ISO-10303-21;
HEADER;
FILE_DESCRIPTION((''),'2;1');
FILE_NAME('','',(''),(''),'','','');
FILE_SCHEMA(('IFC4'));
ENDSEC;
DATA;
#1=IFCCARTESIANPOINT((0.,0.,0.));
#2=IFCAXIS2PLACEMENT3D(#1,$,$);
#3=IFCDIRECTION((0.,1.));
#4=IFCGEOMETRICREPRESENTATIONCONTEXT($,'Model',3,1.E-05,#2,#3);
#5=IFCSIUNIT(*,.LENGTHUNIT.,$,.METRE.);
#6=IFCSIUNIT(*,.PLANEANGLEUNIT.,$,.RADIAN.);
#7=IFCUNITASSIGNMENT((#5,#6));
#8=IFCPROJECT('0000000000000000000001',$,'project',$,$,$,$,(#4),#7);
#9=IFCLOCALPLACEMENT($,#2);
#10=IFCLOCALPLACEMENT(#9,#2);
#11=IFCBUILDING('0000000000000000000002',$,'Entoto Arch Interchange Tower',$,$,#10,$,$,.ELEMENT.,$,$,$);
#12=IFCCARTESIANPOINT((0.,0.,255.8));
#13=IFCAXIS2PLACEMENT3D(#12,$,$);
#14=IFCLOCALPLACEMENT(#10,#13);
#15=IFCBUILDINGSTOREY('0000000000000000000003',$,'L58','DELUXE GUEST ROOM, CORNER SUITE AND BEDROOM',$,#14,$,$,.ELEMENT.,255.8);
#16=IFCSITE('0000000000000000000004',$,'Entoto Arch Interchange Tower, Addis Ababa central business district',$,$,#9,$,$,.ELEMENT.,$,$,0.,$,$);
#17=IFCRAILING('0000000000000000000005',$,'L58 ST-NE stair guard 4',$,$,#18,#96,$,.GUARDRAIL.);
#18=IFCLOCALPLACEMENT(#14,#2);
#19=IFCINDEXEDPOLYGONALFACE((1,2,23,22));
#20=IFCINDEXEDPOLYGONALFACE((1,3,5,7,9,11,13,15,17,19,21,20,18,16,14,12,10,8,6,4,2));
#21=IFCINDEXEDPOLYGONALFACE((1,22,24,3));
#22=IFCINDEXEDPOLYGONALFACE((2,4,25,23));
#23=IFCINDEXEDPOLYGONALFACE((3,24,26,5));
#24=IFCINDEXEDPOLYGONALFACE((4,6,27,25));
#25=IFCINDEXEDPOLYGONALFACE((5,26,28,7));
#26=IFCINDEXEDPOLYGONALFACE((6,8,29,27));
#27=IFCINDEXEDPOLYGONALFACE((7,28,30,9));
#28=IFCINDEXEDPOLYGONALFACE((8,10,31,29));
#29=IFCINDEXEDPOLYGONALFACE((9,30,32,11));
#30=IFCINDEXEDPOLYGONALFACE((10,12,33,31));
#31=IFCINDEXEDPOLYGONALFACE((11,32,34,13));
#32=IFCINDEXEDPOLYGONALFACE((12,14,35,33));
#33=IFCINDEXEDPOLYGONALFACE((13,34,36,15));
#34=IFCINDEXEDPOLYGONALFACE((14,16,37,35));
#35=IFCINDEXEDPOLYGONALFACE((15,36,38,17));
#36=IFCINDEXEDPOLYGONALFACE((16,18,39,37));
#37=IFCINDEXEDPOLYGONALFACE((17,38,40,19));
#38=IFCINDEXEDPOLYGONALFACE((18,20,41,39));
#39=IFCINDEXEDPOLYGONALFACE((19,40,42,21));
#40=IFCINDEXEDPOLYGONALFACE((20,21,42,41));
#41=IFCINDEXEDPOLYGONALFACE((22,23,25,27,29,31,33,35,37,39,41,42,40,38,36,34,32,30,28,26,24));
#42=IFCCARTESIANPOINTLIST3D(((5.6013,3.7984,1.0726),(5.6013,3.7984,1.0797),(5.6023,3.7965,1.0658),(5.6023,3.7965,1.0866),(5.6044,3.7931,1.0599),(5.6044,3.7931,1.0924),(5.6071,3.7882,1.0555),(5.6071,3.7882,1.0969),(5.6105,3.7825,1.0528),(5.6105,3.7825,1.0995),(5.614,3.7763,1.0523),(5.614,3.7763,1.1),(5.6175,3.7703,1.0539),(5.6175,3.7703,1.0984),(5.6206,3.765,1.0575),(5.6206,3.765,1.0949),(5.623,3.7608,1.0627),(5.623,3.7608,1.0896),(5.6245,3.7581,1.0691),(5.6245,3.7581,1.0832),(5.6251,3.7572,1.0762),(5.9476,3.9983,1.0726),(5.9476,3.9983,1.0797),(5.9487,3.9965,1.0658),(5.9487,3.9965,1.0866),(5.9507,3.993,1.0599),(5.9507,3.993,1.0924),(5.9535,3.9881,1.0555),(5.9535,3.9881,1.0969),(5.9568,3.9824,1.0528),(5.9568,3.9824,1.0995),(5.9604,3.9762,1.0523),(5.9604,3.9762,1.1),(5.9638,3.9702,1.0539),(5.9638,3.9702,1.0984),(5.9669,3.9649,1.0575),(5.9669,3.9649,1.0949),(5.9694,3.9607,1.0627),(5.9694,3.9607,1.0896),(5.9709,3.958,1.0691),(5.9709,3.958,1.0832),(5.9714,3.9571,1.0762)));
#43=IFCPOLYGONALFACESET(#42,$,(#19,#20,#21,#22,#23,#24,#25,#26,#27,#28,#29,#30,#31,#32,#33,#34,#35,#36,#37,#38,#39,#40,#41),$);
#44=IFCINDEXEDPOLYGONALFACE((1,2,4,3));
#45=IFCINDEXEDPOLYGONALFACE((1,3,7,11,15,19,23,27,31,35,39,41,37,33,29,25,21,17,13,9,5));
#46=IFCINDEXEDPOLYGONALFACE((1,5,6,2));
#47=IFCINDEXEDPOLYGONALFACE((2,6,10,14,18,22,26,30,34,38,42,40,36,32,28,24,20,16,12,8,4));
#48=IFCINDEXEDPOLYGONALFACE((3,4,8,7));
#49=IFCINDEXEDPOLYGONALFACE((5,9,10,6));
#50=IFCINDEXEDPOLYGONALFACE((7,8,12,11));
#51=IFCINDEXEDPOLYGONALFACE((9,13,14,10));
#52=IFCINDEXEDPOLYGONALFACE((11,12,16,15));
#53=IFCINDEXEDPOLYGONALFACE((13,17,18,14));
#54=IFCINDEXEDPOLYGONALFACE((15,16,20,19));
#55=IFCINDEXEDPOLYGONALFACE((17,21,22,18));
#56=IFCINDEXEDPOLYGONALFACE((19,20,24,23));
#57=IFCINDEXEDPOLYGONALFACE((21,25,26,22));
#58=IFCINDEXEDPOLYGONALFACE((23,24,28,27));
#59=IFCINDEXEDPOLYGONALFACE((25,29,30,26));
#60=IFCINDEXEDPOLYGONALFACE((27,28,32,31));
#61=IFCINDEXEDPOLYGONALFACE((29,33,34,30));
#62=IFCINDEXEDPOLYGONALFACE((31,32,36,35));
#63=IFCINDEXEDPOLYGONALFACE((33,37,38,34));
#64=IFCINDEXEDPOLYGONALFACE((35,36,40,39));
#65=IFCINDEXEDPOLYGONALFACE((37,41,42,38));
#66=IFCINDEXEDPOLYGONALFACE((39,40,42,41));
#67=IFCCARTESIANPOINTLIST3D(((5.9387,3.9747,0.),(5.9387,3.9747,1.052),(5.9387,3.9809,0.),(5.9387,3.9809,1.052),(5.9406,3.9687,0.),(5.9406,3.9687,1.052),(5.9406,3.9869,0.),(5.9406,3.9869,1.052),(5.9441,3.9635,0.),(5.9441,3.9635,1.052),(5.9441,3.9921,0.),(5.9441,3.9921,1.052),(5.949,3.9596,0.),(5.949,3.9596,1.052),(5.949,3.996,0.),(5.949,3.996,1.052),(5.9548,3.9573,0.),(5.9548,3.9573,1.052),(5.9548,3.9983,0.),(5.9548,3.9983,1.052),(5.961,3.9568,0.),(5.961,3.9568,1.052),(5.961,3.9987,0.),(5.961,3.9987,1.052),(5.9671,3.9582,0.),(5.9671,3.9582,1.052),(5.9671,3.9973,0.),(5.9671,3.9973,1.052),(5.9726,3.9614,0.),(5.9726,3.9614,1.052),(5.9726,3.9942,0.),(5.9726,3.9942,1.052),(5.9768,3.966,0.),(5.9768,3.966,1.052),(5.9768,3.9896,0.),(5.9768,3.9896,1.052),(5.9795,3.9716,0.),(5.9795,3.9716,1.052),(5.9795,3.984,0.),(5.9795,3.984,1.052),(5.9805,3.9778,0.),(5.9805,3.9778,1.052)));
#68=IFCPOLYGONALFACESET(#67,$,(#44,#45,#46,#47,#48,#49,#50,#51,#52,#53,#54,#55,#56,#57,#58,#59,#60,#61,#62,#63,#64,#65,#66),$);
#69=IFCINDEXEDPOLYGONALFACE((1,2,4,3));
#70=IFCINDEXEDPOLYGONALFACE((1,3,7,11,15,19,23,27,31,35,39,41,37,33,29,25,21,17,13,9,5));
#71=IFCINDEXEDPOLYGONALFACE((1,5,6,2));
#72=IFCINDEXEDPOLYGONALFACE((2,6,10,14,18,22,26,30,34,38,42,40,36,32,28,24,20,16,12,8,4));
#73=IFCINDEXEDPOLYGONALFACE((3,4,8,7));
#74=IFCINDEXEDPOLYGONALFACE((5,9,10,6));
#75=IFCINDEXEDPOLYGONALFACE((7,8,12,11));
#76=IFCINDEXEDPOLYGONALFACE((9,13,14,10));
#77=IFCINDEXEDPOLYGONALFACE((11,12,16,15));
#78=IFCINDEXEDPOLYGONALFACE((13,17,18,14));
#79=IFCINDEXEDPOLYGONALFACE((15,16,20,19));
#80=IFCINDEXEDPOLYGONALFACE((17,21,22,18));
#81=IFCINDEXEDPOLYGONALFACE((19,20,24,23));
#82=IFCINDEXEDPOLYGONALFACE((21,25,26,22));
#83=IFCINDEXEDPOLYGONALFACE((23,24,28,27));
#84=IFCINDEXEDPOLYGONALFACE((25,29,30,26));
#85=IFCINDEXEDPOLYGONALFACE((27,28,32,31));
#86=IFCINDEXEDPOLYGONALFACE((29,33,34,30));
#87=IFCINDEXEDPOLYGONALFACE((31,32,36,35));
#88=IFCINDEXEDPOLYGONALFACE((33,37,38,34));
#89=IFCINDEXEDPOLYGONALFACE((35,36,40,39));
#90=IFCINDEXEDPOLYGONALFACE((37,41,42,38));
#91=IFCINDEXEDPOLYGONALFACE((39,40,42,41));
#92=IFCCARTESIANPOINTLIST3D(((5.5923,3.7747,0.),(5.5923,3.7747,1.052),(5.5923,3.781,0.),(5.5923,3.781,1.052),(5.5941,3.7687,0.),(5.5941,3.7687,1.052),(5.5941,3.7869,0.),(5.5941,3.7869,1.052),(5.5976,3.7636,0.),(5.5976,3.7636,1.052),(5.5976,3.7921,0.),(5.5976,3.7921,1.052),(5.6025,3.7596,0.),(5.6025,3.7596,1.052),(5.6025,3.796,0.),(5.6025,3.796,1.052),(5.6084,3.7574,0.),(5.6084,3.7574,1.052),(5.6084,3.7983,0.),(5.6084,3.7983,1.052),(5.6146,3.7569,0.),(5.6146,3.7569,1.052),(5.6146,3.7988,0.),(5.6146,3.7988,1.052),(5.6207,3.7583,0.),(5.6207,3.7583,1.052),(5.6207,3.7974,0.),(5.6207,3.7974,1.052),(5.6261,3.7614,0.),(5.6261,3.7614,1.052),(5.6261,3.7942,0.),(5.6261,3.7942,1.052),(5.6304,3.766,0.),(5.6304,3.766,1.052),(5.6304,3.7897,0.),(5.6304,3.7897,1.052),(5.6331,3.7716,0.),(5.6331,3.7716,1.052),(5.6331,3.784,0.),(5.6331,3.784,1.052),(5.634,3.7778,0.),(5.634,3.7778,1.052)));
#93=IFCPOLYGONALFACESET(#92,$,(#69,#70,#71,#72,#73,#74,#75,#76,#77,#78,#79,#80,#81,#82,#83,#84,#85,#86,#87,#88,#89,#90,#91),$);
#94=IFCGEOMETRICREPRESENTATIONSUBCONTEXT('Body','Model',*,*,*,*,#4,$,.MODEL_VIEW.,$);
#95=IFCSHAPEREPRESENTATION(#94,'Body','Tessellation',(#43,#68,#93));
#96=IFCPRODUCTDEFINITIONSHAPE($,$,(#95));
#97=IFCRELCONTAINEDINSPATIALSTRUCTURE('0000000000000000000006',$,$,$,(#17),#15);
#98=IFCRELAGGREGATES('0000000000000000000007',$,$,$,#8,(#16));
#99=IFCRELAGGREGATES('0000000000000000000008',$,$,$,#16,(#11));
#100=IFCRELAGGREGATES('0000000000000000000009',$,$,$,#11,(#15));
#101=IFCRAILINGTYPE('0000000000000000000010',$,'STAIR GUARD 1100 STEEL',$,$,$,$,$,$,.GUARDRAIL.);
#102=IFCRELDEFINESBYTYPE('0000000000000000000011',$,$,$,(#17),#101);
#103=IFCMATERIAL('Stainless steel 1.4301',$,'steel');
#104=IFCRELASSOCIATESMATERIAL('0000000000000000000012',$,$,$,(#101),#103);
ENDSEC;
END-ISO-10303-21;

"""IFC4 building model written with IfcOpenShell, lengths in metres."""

from ifc_helpers import new_model, si_unit, direction, frame, origin, origin_2d, place, context, subcontext, project, spatial, circle, extrude, material, type_object, element, save


model = new_model("IFC4")

# Units and contexts
model_context = context("Model", 3, precision=1e-05, world=origin(), true_north=direction((0.0, 1.0)))
body_context = subcontext(model_context, "Body", "Model", "MODEL_VIEW")
ifc_project = project(units=[si_unit("LENGTHUNIT", "METRE"), si_unit("PLANEANGLEUNIT", "RADIAN")], contexts=[model_context])

# Site, building, storey
site_placement = place(None, origin())
site = spatial("IfcSite", under=ifc_project, at=site_placement, Name="Entoto Arch Interchange Tower, Addis Ababa central business district", CompositionType="ELEMENT", RefElevation=0.0)
building_placement = place(site_placement, origin())
building = spatial("IfcBuilding", under=site, at=building_placement, Name="Entoto Arch Interchange Tower", CompositionType="ELEMENT")
storey_placement = place(building_placement, frame((0.0, 0.0, 255.8)))
storey = spatial("IfcBuildingStorey", under=building, at=storey_placement, Name="L58", Description="DELUXE GUEST ROOM, CORNER SUITE AND BEDROOM", CompositionType="ELEMENT", Elevation=255.8)

# Railing
ifc_material_1 = material(Name="Stainless steel 1.4301", Category="steel")
railing_type_1 = type_object("IfcRailingType", Name="STAIR GUARD 1100 STEEL", PredefinedType="GUARDRAIL", material=ifc_material_1)
railing_1_placement = place(storey_placement, frame((5.9595, 3.9778, 0.0)))
element("IfcRailing", 1, at=railing_1_placement, inside=storey, type_object=railing_type_1, Name="L58 ST-NE stair guard 4", PredefinedType="GUARDRAIL", context=body_context, shape_type="SweptSolid", body=[
    extrude(circle(Radius=0.0239, at=origin_2d()), frame((0.0, 0.0, 1.0762), z_axis=(-0.866094, -0.499881, 0.0), x_axis=(0.499881, -0.866094, 0.0)), (0.0, 0.0, 1.0), 0.3999),
    extrude(circle(Radius=0.021, at=origin_2d()), origin(), (0.0, 0.0, 1.0), 1.052),
    extrude(circle(Radius=0.021, at=origin_2d()), frame((-0.3464, -0.2, 0.0)), (0.0, 0.0, 1.0), 1.052),
])

save(model, "model.ifc")
